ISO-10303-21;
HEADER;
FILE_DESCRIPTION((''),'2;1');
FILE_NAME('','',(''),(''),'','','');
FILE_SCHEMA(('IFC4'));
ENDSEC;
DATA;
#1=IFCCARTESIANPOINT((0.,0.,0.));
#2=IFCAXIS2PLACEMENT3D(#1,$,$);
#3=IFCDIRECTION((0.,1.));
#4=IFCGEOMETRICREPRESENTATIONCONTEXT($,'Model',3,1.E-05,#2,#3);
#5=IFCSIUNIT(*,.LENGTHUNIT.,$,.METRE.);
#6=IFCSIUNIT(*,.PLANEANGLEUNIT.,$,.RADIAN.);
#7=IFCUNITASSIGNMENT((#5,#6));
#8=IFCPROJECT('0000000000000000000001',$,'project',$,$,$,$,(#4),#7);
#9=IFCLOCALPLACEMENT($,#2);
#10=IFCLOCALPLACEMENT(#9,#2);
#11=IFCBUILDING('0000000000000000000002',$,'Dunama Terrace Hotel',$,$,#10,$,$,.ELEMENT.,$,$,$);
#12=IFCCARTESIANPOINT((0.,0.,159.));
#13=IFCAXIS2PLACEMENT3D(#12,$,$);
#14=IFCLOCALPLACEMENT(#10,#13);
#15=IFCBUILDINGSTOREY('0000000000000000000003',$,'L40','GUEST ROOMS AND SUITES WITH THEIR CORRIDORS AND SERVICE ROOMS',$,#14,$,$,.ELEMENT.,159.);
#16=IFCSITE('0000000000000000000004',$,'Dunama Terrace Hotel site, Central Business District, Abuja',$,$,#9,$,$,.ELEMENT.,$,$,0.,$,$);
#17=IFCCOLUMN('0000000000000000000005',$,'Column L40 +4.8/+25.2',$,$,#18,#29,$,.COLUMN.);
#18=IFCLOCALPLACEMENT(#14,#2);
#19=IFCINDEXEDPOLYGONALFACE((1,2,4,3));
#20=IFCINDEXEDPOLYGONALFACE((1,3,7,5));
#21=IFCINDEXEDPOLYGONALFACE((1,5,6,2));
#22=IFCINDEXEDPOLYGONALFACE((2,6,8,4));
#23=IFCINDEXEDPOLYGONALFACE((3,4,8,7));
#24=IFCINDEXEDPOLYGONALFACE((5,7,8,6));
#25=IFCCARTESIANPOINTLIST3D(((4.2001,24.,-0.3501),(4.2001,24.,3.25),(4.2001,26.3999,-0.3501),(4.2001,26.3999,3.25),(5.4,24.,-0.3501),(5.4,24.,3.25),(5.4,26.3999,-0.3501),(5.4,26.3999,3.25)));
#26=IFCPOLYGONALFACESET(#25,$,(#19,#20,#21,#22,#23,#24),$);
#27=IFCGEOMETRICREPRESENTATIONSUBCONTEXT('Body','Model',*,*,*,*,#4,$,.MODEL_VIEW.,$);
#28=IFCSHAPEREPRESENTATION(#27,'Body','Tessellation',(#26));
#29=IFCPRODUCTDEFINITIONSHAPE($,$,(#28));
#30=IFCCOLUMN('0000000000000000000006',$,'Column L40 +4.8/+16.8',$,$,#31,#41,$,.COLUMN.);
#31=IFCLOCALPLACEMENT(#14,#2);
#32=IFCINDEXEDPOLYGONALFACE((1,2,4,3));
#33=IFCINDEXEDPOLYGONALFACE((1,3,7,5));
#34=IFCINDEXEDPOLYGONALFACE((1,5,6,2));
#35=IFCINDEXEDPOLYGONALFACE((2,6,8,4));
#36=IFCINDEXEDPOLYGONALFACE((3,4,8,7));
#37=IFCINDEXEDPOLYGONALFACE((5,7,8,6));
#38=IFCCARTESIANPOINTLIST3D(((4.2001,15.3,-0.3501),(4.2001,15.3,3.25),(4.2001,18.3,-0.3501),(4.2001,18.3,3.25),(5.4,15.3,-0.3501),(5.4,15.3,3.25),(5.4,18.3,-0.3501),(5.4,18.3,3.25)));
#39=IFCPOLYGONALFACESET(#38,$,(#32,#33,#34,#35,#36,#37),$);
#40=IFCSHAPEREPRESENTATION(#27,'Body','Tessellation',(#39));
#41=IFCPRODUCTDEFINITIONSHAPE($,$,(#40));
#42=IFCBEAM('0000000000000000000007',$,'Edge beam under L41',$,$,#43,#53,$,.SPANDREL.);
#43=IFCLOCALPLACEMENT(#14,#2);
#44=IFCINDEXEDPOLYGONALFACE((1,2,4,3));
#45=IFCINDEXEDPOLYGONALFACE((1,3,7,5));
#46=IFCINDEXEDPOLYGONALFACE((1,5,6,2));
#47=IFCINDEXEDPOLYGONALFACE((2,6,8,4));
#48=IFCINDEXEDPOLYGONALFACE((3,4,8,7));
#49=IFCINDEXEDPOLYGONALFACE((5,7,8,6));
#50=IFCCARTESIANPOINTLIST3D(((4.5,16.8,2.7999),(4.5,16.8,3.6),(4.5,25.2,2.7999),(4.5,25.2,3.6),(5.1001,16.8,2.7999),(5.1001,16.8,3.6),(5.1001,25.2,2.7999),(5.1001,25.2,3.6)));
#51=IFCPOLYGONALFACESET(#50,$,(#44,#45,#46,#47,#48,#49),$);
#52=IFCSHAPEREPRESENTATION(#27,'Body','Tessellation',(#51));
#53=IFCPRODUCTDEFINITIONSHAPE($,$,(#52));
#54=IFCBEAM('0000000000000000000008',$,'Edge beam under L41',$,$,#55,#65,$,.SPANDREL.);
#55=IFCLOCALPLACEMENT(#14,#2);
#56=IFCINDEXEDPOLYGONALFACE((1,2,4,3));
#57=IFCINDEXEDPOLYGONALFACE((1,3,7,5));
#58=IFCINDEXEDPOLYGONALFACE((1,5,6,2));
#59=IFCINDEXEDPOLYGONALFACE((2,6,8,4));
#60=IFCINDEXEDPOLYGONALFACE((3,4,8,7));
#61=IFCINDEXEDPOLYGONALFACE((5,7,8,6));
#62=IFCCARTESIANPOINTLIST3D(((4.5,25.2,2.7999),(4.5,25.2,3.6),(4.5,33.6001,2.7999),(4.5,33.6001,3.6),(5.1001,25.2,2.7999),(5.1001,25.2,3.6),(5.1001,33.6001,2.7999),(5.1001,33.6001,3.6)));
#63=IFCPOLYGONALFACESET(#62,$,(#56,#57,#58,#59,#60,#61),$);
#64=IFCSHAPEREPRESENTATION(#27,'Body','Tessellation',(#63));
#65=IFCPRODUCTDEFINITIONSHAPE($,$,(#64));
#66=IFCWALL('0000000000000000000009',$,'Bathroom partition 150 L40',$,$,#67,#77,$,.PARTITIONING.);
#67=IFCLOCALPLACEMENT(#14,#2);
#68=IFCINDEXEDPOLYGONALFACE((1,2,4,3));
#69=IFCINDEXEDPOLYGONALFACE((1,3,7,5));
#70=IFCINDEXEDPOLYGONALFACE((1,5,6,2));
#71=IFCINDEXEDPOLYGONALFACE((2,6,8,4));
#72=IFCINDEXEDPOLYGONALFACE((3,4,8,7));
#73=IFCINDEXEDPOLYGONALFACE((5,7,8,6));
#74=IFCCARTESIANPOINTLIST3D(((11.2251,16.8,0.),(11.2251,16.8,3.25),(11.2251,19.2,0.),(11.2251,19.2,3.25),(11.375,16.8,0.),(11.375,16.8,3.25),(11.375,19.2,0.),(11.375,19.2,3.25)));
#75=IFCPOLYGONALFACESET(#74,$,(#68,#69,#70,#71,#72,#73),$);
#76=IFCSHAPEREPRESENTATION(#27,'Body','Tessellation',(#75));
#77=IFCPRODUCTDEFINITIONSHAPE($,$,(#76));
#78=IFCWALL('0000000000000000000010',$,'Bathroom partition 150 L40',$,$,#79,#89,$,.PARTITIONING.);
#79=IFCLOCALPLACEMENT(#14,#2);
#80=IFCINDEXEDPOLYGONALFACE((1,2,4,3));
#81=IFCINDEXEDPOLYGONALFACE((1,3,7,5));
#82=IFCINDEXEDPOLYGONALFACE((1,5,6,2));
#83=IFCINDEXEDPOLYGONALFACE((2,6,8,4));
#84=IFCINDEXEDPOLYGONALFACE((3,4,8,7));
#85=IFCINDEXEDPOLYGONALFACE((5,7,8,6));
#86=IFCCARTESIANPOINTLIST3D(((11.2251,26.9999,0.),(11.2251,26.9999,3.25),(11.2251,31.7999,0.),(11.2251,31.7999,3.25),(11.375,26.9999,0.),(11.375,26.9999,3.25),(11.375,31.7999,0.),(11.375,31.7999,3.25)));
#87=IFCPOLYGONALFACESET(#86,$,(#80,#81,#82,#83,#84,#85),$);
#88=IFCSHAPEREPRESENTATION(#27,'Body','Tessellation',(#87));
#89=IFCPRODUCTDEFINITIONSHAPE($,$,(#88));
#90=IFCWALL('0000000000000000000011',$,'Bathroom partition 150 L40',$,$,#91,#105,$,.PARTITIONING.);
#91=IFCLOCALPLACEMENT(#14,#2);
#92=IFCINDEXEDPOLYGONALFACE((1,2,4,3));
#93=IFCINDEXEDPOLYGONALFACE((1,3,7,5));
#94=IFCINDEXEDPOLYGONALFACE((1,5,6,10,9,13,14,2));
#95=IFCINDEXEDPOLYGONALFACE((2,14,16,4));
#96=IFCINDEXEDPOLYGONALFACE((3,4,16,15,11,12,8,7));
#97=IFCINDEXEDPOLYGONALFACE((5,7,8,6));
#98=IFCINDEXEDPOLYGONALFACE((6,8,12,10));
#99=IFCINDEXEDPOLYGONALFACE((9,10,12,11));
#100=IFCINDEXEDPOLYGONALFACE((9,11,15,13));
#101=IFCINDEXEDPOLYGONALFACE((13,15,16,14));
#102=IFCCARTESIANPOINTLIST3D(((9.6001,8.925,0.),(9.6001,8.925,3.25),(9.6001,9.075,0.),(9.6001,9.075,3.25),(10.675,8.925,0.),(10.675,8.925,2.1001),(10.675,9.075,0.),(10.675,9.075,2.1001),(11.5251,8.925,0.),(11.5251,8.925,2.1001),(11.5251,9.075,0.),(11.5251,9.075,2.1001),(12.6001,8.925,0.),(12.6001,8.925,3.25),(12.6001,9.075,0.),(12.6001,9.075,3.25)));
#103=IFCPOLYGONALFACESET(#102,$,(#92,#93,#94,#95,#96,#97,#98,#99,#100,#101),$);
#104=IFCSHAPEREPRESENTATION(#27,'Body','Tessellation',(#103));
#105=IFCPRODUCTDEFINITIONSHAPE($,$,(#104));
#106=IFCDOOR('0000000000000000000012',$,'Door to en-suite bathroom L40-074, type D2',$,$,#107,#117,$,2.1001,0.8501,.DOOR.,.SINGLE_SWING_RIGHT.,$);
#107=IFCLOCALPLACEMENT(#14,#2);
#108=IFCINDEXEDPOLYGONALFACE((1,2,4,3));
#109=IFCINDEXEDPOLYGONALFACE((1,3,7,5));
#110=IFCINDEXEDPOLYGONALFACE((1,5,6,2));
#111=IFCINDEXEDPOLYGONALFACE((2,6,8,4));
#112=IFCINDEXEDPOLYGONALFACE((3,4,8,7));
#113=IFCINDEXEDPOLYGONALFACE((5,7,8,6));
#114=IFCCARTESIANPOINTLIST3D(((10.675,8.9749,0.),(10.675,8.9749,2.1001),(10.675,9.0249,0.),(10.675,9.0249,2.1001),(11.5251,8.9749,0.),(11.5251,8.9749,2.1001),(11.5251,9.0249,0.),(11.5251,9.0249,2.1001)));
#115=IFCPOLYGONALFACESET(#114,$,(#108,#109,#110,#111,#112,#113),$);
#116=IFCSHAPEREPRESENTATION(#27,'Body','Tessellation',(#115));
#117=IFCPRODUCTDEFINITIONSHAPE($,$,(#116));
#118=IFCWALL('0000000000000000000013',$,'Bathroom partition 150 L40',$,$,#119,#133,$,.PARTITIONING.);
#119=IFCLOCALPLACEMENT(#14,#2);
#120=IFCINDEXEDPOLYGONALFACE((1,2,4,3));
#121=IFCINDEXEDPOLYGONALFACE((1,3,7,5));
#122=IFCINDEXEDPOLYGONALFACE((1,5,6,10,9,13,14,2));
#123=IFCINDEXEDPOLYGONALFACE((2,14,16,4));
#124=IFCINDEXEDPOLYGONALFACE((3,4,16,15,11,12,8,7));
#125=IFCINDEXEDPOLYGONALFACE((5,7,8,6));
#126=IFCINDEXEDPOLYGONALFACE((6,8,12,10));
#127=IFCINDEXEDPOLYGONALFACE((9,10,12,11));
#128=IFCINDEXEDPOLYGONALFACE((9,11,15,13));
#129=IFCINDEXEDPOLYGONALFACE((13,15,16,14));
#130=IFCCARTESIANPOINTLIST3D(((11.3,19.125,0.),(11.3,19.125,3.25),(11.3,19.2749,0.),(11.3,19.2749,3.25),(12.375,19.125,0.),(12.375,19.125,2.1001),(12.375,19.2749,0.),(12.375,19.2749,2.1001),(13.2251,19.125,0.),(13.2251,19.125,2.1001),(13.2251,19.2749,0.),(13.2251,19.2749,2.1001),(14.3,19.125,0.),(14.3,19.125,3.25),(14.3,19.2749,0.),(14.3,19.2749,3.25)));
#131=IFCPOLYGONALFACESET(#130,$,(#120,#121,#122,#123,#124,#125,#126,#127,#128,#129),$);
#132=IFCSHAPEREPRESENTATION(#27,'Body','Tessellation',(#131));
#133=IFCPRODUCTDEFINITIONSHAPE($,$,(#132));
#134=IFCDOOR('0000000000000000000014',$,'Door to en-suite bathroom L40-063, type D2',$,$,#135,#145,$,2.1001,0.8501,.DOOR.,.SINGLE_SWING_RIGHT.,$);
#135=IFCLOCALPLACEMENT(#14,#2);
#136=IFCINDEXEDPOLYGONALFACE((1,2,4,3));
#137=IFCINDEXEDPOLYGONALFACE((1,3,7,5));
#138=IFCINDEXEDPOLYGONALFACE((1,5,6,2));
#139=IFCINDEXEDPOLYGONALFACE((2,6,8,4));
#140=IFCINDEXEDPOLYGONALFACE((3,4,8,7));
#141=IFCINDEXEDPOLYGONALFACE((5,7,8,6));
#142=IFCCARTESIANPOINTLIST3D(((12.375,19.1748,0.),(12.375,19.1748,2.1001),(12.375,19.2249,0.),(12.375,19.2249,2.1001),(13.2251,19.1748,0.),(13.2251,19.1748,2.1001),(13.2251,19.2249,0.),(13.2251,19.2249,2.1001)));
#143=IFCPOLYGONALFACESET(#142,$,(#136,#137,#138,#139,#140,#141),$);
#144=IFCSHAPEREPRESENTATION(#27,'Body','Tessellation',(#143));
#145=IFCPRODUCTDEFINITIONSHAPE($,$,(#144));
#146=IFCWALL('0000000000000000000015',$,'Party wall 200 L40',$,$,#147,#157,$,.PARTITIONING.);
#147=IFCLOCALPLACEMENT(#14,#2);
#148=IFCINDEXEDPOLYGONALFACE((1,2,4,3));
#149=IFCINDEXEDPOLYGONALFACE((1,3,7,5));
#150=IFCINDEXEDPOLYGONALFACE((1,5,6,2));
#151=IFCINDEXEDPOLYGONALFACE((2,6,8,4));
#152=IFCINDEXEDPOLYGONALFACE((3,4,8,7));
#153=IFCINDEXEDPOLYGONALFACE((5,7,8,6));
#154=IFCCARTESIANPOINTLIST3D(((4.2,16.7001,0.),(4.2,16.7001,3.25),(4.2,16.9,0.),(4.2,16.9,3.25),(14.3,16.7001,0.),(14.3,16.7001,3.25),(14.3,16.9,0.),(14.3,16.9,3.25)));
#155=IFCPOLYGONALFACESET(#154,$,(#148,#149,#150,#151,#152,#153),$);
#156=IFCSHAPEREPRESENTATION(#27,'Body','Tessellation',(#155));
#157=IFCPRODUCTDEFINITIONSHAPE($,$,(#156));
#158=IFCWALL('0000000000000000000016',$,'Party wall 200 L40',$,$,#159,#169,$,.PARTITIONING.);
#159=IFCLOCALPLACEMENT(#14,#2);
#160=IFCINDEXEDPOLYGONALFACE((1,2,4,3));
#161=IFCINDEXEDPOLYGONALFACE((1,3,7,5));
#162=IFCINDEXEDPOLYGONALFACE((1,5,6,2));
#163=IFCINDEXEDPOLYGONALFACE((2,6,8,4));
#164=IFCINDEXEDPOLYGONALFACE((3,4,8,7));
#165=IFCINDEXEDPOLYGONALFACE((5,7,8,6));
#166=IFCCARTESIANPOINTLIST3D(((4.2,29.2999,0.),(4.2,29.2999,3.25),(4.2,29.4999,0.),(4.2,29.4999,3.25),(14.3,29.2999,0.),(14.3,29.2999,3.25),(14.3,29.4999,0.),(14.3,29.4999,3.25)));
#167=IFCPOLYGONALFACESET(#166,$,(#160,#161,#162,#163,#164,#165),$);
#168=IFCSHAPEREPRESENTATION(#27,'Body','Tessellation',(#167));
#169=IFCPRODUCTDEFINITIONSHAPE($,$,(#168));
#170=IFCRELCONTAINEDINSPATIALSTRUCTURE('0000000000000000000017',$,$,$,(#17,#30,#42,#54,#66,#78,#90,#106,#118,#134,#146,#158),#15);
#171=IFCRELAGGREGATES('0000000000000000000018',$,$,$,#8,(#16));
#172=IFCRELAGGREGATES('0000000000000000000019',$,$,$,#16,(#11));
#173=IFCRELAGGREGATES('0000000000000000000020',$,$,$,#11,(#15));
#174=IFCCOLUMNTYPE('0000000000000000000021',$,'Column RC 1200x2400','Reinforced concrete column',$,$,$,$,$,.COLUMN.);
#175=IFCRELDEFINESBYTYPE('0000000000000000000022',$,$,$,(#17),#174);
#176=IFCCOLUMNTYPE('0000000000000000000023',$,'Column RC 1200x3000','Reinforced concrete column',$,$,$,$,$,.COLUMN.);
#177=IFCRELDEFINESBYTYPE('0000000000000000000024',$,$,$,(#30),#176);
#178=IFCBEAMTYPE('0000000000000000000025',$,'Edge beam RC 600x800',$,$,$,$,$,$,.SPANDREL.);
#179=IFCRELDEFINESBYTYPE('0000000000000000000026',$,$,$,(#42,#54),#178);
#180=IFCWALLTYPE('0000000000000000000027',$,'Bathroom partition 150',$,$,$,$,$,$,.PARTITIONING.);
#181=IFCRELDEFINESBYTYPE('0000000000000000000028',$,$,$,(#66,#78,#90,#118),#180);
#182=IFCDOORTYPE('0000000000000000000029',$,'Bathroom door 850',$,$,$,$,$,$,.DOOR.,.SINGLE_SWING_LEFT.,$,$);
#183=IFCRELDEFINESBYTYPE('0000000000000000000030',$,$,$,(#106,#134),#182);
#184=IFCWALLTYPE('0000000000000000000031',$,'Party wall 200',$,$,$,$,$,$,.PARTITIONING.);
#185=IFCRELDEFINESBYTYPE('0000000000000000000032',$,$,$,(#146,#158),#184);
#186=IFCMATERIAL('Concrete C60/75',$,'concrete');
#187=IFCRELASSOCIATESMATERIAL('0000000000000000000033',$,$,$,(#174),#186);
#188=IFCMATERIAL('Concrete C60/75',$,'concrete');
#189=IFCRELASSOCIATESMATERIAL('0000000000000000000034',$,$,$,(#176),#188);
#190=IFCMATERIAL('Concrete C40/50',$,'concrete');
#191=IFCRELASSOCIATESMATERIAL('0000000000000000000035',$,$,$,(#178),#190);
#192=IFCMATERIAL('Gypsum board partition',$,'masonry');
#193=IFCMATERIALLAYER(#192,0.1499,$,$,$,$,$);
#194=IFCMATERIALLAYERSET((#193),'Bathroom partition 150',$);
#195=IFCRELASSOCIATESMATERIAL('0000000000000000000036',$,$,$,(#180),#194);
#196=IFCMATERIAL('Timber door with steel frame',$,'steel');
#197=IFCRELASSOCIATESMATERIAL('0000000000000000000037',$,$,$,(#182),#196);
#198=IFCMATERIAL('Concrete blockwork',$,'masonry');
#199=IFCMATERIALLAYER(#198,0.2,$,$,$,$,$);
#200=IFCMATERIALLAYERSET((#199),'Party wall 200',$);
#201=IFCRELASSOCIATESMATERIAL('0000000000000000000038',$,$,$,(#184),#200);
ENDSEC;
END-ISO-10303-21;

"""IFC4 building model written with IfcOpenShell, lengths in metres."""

from ifc_helpers import new_model, si_unit, direction, frame, frame_2d, origin, origin_2d, place, context, subcontext, project, spatial, rectangle, extrude, material, layer, layer_set, material_profile, profile_set, type_object, element, fill, save


model = new_model("IFC4")

# Units and contexts
model_context = context("Model", 3, precision=1e-05, world=origin(), true_north=direction((0.0, 1.0)))
body_context = subcontext(model_context, "Body", "Model", "MODEL_VIEW")
ifc_project = project(units=[si_unit("LENGTHUNIT", "METRE"), si_unit("PLANEANGLEUNIT", "RADIAN")], contexts=[model_context])

# Site, building, storey
site_placement = place(None, origin())
site = spatial("IfcSite", under=ifc_project, at=site_placement, Name="Dunama Terrace Hotel site, Central Business District, Abuja", CompositionType="ELEMENT", RefElevation=0.0)
building_placement = place(site_placement, origin())
building = spatial("IfcBuilding", under=site, at=building_placement, Name="Dunama Terrace Hotel", CompositionType="ELEMENT")
storey_placement = place(building_placement, frame((0.0, 0.0, 159.0)))
storey = spatial("IfcBuildingStorey", under=building, at=storey_placement, Name="L40", Description="GUEST ROOMS AND SUITES WITH THEIR CORRIDORS AND SERVICE ROOMS", CompositionType="ELEMENT", Elevation=159.0)

# Columns
ifc_material_1 = material(Name="Concrete C60/75", Category="concrete")
ifc_material_profile_1 = material_profile(ifc_material_1, rectangle(XDim=1.2, YDim=2.3999, at=origin_2d()), Name="RC 1200x2400")
ifc_profile_set_1 = profile_set([ifc_material_profile_1], Name="Concrete C60/75")
column_type_1 = type_object("IfcColumnType", Name="Column RC 1200x2400", Description="Reinforced concrete column", PredefinedType="COLUMN", material=ifc_profile_set_1)
column_1_placement = place(storey_placement, frame((4.8, 25.2, -0.3501), z_axis=(0.0, 0.0, 1.0), x_axis=(1.0, 0.0, 0.0)))
element("IfcColumn", 1, at=column_1_placement, inside=storey, type_object=column_type_1, Name="Column L40 +4.8/+25.2", PredefinedType="COLUMN", context=body_context, shape_type="SweptSolid", body=[
    extrude(rectangle(XDim=1.2, YDim=2.3999, at=origin_2d()), origin(), (0.0, 0.0, 1.0), 3.6001),
])
ifc_material_2 = material(Name="Concrete C60/75", Category="concrete")
ifc_material_profile_2 = material_profile(ifc_material_2, rectangle(XDim=1.2, YDim=3.0, at=origin_2d()), Name="RC 1200x3000")
ifc_profile_set_2 = profile_set([ifc_material_profile_2], Name="Concrete C60/75")
column_type_2 = type_object("IfcColumnType", Name="Column RC 1200x3000", Description="Reinforced concrete column", PredefinedType="COLUMN", material=ifc_profile_set_2)
column_2_placement = place(storey_placement, frame((4.8, 16.8, -0.3501), z_axis=(0.0, 0.0, 1.0), x_axis=(1.0, 0.0, 0.0)))
element("IfcColumn", 2, at=column_2_placement, inside=storey, type_object=column_type_2, Name="Column L40 +4.8/+16.8", PredefinedType="COLUMN", context=body_context, shape_type="SweptSolid", body=[
    extrude(rectangle(XDim=1.2, YDim=3.0, at=origin_2d()), origin(), (0.0, 0.0, 1.0), 3.6001),
])

# Beams
ifc_material_3 = material(Name="Concrete C40/50", Category="concrete")
ifc_material_profile_3 = material_profile(ifc_material_3, rectangle(XDim=0.6001, YDim=0.8, at=origin_2d()), Name="RC 600x800")
ifc_profile_set_3 = profile_set([ifc_material_profile_3], Name="Concrete C40/50")
beam_type = type_object("IfcBeamType", Name="Edge beam RC 600x800", PredefinedType="SPANDREL", material=ifc_profile_set_3)
beam_1_placement = place(storey_placement, frame((4.8, 16.8, 3.2), z_axis=(0.0, 1.0, 0.0), x_axis=(-1.0, 0.0, 0.0)))
element("IfcBeam", 3, at=beam_1_placement, inside=storey, type_object=beam_type, Name="Edge beam under L41", PredefinedType="SPANDREL", context=body_context, shape_type="SweptSolid", body=[
    extrude(rectangle(XDim=0.6001, YDim=0.8, at=origin_2d()), origin(), (0.0, 0.0, 1.0), 8.3999),
])
beam_2_placement = place(storey_placement, frame((4.8, 25.2, 3.2), z_axis=(0.0, 1.0, 0.0), x_axis=(-1.0, 0.0, 0.0)))
element("IfcBeam", 4, at=beam_2_placement, inside=storey, type_object=beam_type, Name="Edge beam under L41", PredefinedType="SPANDREL", context=body_context, shape_type="SweptSolid", body=[
    extrude(rectangle(XDim=0.6001, YDim=0.8, at=origin_2d()), origin(), (0.0, 0.0, 1.0), 8.4001),
])

# Walls
ifc_material_4 = material(Name="Gypsum board partition", Category="masonry")
ifc_layer_1 = layer(ifc_material_4, 0.1499)
ifc_layer_set_1 = layer_set([ifc_layer_1], Name="Bathroom partition 150")
wall_type_1 = type_object("IfcWallType", Name="Bathroom partition 150", PredefinedType="PARTITIONING", material=ifc_layer_set_1)
wall_1_placement = place(storey_placement, frame((11.3, 16.8, 0.0), z_axis=(0.0, 0.0, 1.0), x_axis=(0.0, 1.0, 0.0)))
element("IfcWall", 5, at=wall_1_placement, inside=storey, type_object=wall_type_1, Name="Bathroom partition 150 L40", PredefinedType="PARTITIONING", context=body_context, shape_type="SweptSolid", body=[
    extrude(rectangle(XDim=2.3999, YDim=0.1499, at=frame_2d((1.2, 0.0))), origin(), (0.0, 0.0, 1.0), 3.25),
])
wall_2_placement = place(storey_placement, frame((11.3, 27.0, 0.0), z_axis=(0.0, 0.0, 1.0), x_axis=(0.0, 1.0, 0.0)))
element("IfcWall", 6, at=wall_2_placement, inside=storey, type_object=wall_type_1, Name="Bathroom partition 150 L40", PredefinedType="PARTITIONING", context=body_context, shape_type="SweptSolid", body=[
    extrude(rectangle(XDim=4.8, YDim=0.1499, at=frame_2d((2.3999, 0.0))), origin(), (0.0, 0.0, 1.0), 3.25),
])

# Walls, openings, doors
wall_3_placement = place(storey_placement, frame((9.6001, 9.0, 0.0), z_axis=(0.0, 0.0, 1.0), x_axis=(1.0, 0.0, 0.0)))
wall_3 = element("IfcWall", 7, at=wall_3_placement, inside=storey, type_object=wall_type_1, Name="Bathroom partition 150 L40", PredefinedType="PARTITIONING", context=body_context, shape_type="SweptSolid", body=[
    extrude(rectangle(XDim=3.0, YDim=0.1499, at=frame_2d((1.5, 0.0))), origin(), (0.0, 0.0, 1.0), 3.25),
])
opening_1_placement = place(wall_3_placement, frame((1.075, 0.0, 0.0)))
opening_1 = element("IfcOpeningElement", 8, at=opening_1_placement, cuts=wall_3, PredefinedType="OPENING", context=body_context, shape_type="SweptSolid", body=[
    extrude(rectangle(XDim=0.8501, YDim=2.1001, at=frame_2d((0.425, 1.05))), frame((0.0, 0.085, 0.0), z_axis=(0.0, -1.0, 0.0), x_axis=(1.0, 0.0, 0.0)), (0.0, 0.0, 1.0), 0.1699),
])
ifc_material_5 = material(Name="Timber door with steel frame", Category="steel")
door_type_1 = type_object("IfcDoorType", Name="Bathroom door 850", OperationType="SINGLE_SWING_LEFT", PredefinedType="DOOR", material=ifc_material_5)
door_1_placement = place(opening_1_placement, origin())
door_1 = element("IfcDoor", 9, at=door_1_placement, inside=storey, type_object=door_type_1, Name="Door to en-suite bathroom L40-074, type D2", OperationType="SINGLE_SWING_RIGHT", OverallHeight=2.1001, OverallWidth=0.8501, PredefinedType="DOOR", context=body_context, shape_type="SweptSolid", body=[
    extrude(rectangle(XDim=0.8501, YDim=2.1001, at=frame_2d((0.425, 1.05))), frame((0.0, 0.0249, 0.0), z_axis=(0.0, -1.0, 0.0), x_axis=(1.0, 0.0, 0.0)), (0.0, 0.0, 1.0), 0.05),
])
fill(opening_1, door_1)
wall_4_placement = place(storey_placement, frame((11.3, 19.2, 0.0), z_axis=(0.0, 0.0, 1.0), x_axis=(1.0, 0.0, 0.0)))
wall_4 = element("IfcWall", 10, at=wall_4_placement, inside=storey, type_object=wall_type_1, Name="Bathroom partition 150 L40", PredefinedType="PARTITIONING", context=body_context, shape_type="SweptSolid", body=[
    extrude(rectangle(XDim=3.0, YDim=0.1499, at=frame_2d((1.5, 0.0))), origin(), (0.0, 0.0, 1.0), 3.25),
])
opening_2_placement = place(wall_4_placement, frame((1.075, 0.0, 0.0)))
opening_2 = element("IfcOpeningElement", 11, at=opening_2_placement, cuts=wall_4, PredefinedType="OPENING", context=body_context, shape_type="SweptSolid", body=[
    extrude(rectangle(XDim=0.8501, YDim=2.1001, at=frame_2d((0.425, 1.05))), frame((0.0, 0.085, 0.0), z_axis=(0.0, -1.0, 0.0), x_axis=(1.0, 0.0, 0.0)), (0.0, 0.0, 1.0), 0.1699),
])
door_2_placement = place(opening_2_placement, frame((0.8501, 0.0, 0.0), z_axis=(0.0, 0.0, 1.0), x_axis=(-1.0, 0.0, 0.0)))
door_2 = element("IfcDoor", 12, at=door_2_placement, inside=storey, type_object=door_type_1, Name="Door to en-suite bathroom L40-063, type D2", OperationType="SINGLE_SWING_RIGHT", OverallHeight=2.1001, OverallWidth=0.8501, PredefinedType="DOOR", context=body_context, shape_type="SweptSolid", body=[
    extrude(rectangle(XDim=0.8501, YDim=2.1001, at=frame_2d((0.425, 1.05))), frame((0.0, 0.0251, 0.0), z_axis=(0.0, -1.0, 0.0), x_axis=(1.0, 0.0, 0.0)), (0.0, 0.0, 1.0), 0.05),
])
fill(opening_2, door_2)

# Walls
ifc_material_6 = material(Name="Concrete blockwork", Category="masonry")
ifc_layer_2 = layer(ifc_material_6, 0.2)
ifc_layer_set_2 = layer_set([ifc_layer_2], Name="Party wall 200")
wall_type_2 = type_object("IfcWallType", Name="Party wall 200", PredefinedType="PARTITIONING", material=ifc_layer_set_2)
for number, where, z_axis, x_axis, name in (
    (13, (4.2, 16.8, 0.0), (0.0, 0.0, 1.0), (1.0, 0.0, 0.0), "Party wall 200 L40"),
    (14, (4.2, 29.3999, 0.0), (0.0, 0.0, 1.0), (1.0, 0.0, 0.0), "Party wall 200 L40"),
):
    element("IfcWall", number, at=place(storey_placement, frame(where, z_axis=z_axis, x_axis=x_axis)), inside=storey, type_object=wall_type_2, Name=name, PredefinedType="PARTITIONING", context=body_context, shape_type="SweptSolid", body=[
        extrude(rectangle(XDim=10.1001, YDim=0.2, at=frame_2d((5.05, 0.0))), origin(), (0.0, 0.0, 1.0), 3.25),
    ])

save(model, "model.ifc")
